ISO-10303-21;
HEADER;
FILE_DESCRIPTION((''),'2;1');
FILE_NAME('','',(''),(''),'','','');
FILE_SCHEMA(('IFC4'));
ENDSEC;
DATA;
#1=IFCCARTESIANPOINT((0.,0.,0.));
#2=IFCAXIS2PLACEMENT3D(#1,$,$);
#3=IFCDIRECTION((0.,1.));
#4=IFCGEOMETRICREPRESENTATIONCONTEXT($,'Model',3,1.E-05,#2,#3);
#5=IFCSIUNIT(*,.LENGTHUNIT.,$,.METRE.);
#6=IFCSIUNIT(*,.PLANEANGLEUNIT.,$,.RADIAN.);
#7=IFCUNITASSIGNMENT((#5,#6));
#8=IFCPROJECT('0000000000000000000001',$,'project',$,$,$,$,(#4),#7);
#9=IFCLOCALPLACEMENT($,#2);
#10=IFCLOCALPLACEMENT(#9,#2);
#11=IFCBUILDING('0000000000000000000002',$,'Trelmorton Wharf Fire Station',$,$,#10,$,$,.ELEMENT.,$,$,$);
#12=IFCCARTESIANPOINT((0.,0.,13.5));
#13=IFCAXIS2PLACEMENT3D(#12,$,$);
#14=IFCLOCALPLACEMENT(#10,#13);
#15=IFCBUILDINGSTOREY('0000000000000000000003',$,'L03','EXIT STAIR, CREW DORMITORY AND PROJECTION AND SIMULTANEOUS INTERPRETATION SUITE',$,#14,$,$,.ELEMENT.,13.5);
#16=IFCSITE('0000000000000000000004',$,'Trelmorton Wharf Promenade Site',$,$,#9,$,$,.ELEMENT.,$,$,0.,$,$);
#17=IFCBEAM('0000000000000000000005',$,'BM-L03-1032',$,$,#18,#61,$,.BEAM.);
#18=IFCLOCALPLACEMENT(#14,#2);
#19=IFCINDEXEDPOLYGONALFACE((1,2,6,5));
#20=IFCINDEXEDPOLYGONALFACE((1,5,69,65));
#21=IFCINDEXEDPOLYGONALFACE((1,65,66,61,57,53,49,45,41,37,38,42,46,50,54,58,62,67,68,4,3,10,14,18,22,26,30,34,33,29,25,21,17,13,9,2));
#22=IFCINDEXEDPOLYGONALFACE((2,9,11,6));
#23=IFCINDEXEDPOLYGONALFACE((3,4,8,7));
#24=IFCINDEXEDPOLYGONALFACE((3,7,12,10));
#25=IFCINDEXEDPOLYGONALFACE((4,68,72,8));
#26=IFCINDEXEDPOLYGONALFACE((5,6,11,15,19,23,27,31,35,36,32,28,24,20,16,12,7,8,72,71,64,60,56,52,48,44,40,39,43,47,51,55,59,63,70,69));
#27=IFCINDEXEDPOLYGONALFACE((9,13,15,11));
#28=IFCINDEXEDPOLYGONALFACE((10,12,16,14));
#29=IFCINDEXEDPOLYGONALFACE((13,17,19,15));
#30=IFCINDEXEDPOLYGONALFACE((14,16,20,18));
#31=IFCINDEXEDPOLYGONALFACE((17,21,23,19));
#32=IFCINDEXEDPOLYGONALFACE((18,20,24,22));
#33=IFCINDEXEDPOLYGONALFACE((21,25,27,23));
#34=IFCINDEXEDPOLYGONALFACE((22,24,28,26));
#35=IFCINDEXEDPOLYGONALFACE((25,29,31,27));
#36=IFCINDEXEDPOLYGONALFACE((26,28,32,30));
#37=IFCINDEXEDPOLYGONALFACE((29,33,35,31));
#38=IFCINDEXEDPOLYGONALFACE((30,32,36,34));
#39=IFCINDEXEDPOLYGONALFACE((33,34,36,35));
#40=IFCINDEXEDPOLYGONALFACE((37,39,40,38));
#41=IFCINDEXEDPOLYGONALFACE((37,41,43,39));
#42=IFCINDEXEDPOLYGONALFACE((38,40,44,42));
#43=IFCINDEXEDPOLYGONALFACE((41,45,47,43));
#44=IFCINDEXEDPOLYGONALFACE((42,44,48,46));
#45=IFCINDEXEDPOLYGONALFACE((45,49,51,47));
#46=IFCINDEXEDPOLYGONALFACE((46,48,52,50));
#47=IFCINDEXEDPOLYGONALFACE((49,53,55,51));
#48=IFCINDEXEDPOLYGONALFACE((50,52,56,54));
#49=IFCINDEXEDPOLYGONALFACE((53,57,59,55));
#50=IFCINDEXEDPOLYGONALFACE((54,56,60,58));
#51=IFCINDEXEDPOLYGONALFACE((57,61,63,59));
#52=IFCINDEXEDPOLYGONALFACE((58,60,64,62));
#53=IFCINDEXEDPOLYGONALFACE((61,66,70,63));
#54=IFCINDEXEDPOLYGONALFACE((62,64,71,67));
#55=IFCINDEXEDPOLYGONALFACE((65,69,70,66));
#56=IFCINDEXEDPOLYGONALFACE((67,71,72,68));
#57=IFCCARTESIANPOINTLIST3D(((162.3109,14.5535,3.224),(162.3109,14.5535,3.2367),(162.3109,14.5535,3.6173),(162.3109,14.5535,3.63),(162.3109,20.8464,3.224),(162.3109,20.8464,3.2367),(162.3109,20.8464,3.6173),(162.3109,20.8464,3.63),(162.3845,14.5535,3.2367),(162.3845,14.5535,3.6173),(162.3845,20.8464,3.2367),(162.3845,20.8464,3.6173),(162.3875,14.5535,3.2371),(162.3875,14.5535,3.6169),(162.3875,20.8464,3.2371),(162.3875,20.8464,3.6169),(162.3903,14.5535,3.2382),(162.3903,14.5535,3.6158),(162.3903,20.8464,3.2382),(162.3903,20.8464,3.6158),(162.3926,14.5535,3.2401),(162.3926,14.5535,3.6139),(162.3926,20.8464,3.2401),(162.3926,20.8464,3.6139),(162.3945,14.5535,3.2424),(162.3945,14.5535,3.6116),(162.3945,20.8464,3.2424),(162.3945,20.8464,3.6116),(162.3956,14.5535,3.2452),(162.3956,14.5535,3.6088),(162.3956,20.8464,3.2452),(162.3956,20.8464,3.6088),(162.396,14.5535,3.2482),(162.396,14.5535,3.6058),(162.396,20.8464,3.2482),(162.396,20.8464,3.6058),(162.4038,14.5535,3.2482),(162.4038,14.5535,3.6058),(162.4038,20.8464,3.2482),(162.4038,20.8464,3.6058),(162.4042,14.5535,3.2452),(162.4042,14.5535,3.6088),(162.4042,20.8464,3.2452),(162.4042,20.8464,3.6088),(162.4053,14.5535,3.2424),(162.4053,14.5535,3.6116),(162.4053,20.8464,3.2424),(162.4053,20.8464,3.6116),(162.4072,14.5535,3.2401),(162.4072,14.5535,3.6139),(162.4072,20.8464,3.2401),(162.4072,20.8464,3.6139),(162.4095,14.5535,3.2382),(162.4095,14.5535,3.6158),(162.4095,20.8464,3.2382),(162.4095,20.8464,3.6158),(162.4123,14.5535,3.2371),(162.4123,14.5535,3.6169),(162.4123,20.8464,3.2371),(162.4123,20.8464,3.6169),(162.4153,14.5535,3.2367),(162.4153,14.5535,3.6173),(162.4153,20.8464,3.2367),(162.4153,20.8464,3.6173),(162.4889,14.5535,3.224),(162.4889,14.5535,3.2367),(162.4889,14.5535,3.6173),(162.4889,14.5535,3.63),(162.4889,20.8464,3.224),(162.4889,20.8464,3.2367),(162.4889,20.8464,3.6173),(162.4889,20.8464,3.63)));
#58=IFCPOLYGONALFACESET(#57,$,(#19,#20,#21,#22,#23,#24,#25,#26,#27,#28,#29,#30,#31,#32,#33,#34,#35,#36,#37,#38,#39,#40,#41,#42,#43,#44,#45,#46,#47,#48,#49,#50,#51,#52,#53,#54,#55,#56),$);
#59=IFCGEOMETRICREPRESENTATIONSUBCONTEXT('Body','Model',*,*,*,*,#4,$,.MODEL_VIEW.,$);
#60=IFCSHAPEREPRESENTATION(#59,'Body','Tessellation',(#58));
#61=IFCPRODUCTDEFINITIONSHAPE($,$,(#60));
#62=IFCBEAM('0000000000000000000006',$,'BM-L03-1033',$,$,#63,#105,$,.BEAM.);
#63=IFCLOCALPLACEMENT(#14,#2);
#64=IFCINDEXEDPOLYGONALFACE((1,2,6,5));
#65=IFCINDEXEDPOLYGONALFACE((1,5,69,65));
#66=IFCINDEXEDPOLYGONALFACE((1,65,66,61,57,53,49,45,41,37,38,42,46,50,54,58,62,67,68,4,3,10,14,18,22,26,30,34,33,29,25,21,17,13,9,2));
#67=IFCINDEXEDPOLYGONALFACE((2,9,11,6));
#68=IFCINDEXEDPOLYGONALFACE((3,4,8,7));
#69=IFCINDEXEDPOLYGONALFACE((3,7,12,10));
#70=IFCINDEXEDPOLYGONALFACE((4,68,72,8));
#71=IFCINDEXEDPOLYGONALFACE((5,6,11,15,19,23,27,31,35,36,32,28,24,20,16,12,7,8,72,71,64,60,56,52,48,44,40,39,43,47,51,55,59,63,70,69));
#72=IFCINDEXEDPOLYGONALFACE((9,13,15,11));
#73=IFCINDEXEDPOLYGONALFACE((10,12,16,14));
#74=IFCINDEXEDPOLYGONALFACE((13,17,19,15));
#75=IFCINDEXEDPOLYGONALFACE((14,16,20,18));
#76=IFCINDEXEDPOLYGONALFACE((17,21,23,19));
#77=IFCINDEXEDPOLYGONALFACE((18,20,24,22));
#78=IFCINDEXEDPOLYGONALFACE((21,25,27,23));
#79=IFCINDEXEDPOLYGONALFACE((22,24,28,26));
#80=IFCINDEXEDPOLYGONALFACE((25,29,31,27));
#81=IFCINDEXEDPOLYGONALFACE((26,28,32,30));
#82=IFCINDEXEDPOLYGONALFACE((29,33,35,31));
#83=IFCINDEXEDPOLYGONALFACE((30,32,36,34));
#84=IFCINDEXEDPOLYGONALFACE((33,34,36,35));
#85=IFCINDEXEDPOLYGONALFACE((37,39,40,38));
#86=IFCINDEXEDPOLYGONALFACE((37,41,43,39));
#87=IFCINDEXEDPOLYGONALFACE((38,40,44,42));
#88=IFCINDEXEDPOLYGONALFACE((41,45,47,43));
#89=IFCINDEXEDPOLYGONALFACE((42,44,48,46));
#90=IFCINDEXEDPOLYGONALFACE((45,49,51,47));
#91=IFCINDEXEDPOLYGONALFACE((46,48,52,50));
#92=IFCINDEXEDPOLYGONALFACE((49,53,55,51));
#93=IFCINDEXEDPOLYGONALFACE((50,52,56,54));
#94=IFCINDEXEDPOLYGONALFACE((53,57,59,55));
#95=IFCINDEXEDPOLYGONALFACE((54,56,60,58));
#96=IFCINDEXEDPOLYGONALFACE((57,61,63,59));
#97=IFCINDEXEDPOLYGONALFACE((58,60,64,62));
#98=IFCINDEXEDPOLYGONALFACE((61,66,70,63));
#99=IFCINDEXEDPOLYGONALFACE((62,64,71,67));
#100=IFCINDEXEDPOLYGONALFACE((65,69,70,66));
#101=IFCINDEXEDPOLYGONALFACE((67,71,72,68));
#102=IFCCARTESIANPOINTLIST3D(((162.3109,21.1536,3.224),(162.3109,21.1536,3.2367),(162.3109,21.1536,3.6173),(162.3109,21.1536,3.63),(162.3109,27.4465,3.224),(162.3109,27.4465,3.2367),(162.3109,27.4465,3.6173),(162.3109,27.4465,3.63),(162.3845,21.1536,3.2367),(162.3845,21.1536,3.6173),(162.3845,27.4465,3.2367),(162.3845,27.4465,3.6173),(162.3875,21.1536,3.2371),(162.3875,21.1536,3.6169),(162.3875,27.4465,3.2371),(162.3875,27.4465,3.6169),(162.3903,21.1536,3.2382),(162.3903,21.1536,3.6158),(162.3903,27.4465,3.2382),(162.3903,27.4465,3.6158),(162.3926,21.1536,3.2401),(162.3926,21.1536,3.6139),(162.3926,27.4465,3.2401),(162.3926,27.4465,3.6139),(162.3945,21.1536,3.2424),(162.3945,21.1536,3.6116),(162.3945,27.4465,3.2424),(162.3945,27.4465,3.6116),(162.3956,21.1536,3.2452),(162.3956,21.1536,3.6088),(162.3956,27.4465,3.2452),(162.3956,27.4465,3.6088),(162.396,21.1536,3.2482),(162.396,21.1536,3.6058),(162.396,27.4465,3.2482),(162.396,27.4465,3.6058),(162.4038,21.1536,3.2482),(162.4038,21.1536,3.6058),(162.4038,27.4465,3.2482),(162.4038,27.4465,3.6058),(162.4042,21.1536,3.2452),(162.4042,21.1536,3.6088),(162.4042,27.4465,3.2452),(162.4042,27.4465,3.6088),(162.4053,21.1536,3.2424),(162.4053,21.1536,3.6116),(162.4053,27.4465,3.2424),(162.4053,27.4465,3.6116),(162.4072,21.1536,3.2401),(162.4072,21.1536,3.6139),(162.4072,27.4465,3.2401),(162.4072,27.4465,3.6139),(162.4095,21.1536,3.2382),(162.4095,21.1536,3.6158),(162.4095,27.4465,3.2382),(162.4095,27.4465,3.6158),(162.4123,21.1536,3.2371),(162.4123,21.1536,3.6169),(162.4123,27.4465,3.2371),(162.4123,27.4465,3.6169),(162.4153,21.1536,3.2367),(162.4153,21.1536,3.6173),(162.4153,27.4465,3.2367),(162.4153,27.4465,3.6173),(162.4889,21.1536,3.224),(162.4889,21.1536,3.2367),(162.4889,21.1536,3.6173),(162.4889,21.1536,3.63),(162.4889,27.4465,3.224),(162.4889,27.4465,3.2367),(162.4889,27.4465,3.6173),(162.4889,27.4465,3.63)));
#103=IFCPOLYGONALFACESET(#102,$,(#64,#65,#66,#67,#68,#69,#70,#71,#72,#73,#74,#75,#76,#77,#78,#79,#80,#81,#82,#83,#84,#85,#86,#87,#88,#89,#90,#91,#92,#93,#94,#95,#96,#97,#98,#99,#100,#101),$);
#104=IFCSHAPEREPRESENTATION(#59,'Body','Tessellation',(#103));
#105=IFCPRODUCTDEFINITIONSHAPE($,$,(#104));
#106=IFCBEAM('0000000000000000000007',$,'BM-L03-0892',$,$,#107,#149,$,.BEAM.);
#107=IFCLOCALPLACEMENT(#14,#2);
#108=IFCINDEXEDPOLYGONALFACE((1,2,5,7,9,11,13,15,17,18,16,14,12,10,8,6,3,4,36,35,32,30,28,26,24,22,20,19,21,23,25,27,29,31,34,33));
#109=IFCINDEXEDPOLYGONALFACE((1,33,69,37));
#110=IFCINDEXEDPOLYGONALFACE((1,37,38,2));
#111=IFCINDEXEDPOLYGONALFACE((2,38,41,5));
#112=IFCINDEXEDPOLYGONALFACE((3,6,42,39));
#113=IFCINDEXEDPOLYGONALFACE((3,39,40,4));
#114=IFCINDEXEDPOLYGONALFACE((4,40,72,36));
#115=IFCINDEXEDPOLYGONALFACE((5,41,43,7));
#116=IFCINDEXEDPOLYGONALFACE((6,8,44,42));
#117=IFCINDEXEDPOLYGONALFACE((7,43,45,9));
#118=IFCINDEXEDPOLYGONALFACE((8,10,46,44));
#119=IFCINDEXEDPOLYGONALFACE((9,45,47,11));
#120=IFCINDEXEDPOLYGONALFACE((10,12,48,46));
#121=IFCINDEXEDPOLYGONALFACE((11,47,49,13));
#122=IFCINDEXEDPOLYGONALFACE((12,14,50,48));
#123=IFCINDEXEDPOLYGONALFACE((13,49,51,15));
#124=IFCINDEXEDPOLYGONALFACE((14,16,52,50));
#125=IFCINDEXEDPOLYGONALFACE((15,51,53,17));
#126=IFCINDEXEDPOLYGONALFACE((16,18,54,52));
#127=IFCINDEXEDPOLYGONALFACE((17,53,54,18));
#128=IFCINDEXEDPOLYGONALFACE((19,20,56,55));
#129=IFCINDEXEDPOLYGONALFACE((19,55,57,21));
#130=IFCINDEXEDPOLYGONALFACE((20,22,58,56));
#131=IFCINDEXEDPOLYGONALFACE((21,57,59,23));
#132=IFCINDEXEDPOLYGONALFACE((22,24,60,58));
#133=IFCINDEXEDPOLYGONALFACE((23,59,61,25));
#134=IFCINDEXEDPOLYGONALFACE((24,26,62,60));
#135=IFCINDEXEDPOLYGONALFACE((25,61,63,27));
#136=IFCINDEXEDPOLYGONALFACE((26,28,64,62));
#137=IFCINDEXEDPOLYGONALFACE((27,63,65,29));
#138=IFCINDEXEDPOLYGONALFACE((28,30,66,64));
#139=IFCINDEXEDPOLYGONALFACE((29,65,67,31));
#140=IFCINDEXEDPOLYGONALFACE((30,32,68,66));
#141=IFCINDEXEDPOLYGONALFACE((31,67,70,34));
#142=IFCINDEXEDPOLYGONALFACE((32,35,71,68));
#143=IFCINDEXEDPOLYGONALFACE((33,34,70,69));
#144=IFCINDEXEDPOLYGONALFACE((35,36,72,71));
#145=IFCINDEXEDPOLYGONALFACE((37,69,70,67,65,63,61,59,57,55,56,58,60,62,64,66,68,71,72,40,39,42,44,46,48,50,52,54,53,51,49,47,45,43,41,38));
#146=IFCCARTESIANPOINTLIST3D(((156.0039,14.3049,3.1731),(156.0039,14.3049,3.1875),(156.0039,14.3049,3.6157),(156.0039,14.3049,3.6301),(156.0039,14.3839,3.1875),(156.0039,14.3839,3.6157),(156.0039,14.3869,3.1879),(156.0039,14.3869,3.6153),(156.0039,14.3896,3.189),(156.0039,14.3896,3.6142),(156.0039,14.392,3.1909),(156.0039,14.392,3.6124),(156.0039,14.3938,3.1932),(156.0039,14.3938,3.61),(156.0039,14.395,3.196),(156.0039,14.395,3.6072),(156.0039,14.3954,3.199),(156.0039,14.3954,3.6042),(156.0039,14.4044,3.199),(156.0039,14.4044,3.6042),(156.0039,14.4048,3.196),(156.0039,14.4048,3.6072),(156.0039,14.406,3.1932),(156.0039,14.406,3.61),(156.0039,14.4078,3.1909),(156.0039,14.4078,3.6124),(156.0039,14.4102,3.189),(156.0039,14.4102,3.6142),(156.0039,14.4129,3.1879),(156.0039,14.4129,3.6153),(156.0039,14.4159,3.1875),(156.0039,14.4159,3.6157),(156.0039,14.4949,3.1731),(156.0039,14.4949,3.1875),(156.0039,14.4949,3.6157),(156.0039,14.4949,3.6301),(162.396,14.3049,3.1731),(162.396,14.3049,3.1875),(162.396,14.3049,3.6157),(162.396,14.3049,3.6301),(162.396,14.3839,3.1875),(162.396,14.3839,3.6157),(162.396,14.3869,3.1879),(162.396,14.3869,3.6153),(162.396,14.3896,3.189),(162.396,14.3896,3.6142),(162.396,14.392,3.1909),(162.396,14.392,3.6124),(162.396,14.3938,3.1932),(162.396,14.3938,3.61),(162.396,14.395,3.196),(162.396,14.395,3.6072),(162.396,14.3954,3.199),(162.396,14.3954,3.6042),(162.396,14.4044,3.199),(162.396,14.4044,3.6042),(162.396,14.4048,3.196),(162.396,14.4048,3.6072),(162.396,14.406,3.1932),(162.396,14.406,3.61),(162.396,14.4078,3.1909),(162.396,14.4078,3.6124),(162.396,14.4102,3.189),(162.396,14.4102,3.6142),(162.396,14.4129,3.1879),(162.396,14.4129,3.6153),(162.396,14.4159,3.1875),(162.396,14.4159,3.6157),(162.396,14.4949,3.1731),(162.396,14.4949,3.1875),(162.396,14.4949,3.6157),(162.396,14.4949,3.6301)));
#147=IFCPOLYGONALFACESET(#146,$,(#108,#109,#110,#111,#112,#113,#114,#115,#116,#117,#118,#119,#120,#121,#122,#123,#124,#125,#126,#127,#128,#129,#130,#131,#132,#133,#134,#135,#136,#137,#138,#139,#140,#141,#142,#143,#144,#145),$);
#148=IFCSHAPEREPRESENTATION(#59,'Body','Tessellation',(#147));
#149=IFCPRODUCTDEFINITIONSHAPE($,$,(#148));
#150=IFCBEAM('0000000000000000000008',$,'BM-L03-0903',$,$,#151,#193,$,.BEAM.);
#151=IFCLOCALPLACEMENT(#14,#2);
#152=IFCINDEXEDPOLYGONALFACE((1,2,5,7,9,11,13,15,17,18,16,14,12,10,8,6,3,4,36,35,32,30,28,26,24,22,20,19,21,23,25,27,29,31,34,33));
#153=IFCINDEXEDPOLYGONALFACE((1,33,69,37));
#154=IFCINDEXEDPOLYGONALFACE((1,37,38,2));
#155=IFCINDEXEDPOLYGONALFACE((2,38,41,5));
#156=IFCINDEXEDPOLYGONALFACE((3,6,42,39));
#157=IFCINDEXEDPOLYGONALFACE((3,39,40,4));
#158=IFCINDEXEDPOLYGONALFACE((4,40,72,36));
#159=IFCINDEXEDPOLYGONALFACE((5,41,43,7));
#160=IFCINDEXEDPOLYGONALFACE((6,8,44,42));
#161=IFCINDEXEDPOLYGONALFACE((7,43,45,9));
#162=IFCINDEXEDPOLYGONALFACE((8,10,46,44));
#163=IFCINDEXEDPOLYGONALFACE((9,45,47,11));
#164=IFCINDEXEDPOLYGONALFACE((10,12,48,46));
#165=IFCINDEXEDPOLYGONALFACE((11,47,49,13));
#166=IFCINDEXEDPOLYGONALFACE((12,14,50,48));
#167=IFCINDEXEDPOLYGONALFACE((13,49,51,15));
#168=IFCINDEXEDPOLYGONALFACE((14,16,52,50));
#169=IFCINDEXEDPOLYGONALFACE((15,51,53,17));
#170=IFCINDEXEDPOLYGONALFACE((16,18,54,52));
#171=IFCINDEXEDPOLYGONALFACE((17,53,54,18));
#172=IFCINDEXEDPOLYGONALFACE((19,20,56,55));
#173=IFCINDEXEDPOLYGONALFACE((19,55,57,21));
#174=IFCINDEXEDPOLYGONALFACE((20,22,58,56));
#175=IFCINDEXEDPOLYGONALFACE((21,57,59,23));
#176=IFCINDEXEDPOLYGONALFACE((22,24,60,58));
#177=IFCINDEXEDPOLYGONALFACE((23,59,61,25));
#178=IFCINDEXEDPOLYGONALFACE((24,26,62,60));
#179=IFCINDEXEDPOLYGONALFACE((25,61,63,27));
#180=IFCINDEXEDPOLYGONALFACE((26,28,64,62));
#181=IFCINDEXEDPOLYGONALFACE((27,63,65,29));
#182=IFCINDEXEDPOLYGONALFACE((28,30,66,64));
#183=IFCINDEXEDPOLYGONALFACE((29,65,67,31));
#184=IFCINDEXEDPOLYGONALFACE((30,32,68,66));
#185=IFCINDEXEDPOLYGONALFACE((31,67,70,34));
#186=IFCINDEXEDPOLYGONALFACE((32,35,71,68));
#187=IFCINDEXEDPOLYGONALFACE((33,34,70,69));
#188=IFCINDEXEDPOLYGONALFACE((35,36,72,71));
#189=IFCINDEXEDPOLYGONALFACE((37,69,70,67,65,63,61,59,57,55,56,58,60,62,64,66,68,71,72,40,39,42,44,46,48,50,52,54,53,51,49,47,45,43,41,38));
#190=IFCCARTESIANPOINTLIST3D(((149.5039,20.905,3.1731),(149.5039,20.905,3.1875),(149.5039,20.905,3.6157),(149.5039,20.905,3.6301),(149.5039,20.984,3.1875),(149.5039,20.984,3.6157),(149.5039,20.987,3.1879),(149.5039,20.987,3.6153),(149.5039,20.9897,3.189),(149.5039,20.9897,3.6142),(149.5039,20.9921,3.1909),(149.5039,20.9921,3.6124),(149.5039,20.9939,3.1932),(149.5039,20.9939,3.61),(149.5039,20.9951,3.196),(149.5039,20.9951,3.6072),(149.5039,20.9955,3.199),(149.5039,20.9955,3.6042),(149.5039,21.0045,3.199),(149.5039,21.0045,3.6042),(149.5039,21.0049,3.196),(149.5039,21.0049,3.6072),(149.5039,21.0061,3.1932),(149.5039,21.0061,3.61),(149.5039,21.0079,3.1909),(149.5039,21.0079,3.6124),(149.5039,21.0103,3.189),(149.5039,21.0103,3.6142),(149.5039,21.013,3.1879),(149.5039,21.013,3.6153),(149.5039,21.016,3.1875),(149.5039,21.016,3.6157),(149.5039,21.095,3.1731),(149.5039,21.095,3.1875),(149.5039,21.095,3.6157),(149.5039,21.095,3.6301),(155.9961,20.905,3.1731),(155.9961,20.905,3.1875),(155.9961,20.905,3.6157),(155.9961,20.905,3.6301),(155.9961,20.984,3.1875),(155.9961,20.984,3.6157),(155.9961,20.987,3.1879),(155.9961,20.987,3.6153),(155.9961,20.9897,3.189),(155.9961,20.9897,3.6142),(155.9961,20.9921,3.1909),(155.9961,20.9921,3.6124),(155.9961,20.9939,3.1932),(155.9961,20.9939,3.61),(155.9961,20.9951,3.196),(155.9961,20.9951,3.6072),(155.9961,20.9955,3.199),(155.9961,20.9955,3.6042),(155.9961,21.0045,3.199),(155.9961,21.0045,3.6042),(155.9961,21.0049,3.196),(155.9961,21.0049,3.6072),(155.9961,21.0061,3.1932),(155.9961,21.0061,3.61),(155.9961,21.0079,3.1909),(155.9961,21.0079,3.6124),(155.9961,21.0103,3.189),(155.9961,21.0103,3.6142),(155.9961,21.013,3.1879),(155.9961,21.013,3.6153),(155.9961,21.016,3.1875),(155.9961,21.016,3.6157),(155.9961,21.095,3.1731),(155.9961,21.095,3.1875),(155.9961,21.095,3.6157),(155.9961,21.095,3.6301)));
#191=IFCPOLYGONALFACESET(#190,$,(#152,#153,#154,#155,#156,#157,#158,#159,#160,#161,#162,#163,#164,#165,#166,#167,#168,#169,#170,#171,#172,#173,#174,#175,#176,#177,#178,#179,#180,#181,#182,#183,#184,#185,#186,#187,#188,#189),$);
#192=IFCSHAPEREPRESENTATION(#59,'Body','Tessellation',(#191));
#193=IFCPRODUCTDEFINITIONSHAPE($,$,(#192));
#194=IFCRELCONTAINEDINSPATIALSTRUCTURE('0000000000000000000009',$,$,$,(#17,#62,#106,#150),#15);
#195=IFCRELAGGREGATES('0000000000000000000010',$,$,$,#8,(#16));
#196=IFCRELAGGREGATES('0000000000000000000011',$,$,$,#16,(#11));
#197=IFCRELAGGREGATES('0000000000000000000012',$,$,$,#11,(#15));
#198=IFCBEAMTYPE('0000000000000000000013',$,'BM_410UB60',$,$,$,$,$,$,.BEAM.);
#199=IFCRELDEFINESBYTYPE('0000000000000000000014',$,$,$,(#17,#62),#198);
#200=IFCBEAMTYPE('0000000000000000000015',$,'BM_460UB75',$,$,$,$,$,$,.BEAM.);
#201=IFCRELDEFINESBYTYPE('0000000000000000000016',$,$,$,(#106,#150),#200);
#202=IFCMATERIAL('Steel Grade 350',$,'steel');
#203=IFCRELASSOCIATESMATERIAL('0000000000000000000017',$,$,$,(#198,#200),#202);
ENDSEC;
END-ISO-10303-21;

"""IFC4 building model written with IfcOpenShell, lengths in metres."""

from ifc_helpers import new_model, si_unit, direction, frame, origin, origin_2d, place, context, subcontext, project, spatial, i_section, extrude, material, material_profile, profile_set, type_object, element, save


model = new_model("IFC4")

# Units and contexts
model_context = context("Model", 3, precision=1e-05, world=origin(), true_north=direction((0.0, 1.0)))
body_context = subcontext(model_context, "Body", "Model", "MODEL_VIEW")
ifc_project = project(units=[si_unit("LENGTHUNIT", "METRE"), si_unit("PLANEANGLEUNIT", "RADIAN")], contexts=[model_context])

# Site, building, storey
site_placement = place(None, origin())
site = spatial("IfcSite", under=ifc_project, at=site_placement, Name="Trelmorton Wharf Promenade Site", CompositionType="ELEMENT", RefElevation=0.0)
building_placement = place(site_placement, origin())
building = spatial("IfcBuilding", under=site, at=building_placement, Name="Trelmorton Wharf Fire Station", CompositionType="ELEMENT")
storey_placement = place(building_placement, frame((0.0, 0.0, 13.5)))
storey = spatial("IfcBuildingStorey", under=building, at=storey_placement, Name="L03", Description="EXIT STAIR, CREW DORMITORY AND PROJECTION AND SIMULTANEOUS INTERPRETATION SUITE", CompositionType="ELEMENT", Elevation=13.5)

# Shared definitions
ifc_material_1 = material(Name="Steel Grade 350", Category="steel")

# Beams
ifc_material_profile_1 = material_profile(ifc_material_1, i_section(OverallWidth=0.178, OverallDepth=0.406, WebThickness=0.0078, FlangeThickness=0.0127, FilletRadius=0.0115, at=origin_2d()), Name="410UB59.7")
ifc_profile_set_1 = profile_set([ifc_material_profile_1], Name="Steel Grade 350")
beam_type_1 = type_object("IfcBeamType", Name="BM_410UB60", PredefinedType="BEAM", material=ifc_profile_set_1)
for number, where, z_axis, x_axis, name in (
    (1, (162.3999, 14.5535, 3.427), (0.0, 1.0, 0.0), (-1.0, 0.0, 0.0), "BM-L03-1032"),
    (2, (162.3999, 21.1536, 3.427), (0.0, 1.0, 0.0), (-1.0, 0.0, 0.0), "BM-L03-1033"),
):
    element("IfcBeam", number, at=place(storey_placement, frame(where, z_axis=z_axis, x_axis=x_axis)), inside=storey, type_object=beam_type_1, Name=name, PredefinedType="BEAM", context=body_context, shape_type="SweptSolid", body=[
        extrude(i_section(OverallWidth=0.178, OverallDepth=0.406, WebThickness=0.0078, FlangeThickness=0.0127, FilletRadius=0.0115, at=origin_2d()), origin(), (0.0, 0.0, 1.0), 6.293),
    ])
ifc_material_profile_2 = material_profile(ifc_material_1, i_section(OverallWidth=0.1899, OverallDepth=0.457, WebThickness=0.009, FlangeThickness=0.0144, FilletRadius=0.0115, at=origin_2d()), Name="460UB74.6")
ifc_profile_set_2 = profile_set([ifc_material_profile_2], Name="Steel Grade 350")
beam_type_2 = type_object("IfcBeamType", Name="BM_460UB75", PredefinedType="BEAM", material=ifc_profile_set_2)
beam_1_placement = place(storey_placement, frame((156.0039, 14.3999, 3.4016), z_axis=(1.0, 0.0, 0.0), x_axis=(0.0, 1.0, 0.0)))
element("IfcBeam", 3, at=beam_1_placement, inside=storey, type_object=beam_type_2, Name="BM-L03-0892", PredefinedType="BEAM", context=body_context, shape_type="SweptSolid", body=[
    extrude(i_section(OverallWidth=0.1899, OverallDepth=0.457, WebThickness=0.009, FlangeThickness=0.0144, FilletRadius=0.0115, at=origin_2d()), origin(), (0.0, 0.0, 1.0), 6.3921),
])
beam_2_placement = place(storey_placement, frame((149.5039, 21.0, 3.4016), z_axis=(1.0, 0.0, 0.0), x_axis=(0.0, 1.0, 0.0)))
element("IfcBeam", 4, at=beam_2_placement, inside=storey, type_object=beam_type_2, Name="BM-L03-0903", PredefinedType="BEAM", context=body_context, shape_type="SweptSolid", body=[
    extrude(i_section(OverallWidth=0.1899, OverallDepth=0.457, WebThickness=0.009, FlangeThickness=0.0144, FilletRadius=0.0115, at=origin_2d()), origin(), (0.0, 0.0, 1.0), 6.4922),
])

save(model, "model.ifc")
